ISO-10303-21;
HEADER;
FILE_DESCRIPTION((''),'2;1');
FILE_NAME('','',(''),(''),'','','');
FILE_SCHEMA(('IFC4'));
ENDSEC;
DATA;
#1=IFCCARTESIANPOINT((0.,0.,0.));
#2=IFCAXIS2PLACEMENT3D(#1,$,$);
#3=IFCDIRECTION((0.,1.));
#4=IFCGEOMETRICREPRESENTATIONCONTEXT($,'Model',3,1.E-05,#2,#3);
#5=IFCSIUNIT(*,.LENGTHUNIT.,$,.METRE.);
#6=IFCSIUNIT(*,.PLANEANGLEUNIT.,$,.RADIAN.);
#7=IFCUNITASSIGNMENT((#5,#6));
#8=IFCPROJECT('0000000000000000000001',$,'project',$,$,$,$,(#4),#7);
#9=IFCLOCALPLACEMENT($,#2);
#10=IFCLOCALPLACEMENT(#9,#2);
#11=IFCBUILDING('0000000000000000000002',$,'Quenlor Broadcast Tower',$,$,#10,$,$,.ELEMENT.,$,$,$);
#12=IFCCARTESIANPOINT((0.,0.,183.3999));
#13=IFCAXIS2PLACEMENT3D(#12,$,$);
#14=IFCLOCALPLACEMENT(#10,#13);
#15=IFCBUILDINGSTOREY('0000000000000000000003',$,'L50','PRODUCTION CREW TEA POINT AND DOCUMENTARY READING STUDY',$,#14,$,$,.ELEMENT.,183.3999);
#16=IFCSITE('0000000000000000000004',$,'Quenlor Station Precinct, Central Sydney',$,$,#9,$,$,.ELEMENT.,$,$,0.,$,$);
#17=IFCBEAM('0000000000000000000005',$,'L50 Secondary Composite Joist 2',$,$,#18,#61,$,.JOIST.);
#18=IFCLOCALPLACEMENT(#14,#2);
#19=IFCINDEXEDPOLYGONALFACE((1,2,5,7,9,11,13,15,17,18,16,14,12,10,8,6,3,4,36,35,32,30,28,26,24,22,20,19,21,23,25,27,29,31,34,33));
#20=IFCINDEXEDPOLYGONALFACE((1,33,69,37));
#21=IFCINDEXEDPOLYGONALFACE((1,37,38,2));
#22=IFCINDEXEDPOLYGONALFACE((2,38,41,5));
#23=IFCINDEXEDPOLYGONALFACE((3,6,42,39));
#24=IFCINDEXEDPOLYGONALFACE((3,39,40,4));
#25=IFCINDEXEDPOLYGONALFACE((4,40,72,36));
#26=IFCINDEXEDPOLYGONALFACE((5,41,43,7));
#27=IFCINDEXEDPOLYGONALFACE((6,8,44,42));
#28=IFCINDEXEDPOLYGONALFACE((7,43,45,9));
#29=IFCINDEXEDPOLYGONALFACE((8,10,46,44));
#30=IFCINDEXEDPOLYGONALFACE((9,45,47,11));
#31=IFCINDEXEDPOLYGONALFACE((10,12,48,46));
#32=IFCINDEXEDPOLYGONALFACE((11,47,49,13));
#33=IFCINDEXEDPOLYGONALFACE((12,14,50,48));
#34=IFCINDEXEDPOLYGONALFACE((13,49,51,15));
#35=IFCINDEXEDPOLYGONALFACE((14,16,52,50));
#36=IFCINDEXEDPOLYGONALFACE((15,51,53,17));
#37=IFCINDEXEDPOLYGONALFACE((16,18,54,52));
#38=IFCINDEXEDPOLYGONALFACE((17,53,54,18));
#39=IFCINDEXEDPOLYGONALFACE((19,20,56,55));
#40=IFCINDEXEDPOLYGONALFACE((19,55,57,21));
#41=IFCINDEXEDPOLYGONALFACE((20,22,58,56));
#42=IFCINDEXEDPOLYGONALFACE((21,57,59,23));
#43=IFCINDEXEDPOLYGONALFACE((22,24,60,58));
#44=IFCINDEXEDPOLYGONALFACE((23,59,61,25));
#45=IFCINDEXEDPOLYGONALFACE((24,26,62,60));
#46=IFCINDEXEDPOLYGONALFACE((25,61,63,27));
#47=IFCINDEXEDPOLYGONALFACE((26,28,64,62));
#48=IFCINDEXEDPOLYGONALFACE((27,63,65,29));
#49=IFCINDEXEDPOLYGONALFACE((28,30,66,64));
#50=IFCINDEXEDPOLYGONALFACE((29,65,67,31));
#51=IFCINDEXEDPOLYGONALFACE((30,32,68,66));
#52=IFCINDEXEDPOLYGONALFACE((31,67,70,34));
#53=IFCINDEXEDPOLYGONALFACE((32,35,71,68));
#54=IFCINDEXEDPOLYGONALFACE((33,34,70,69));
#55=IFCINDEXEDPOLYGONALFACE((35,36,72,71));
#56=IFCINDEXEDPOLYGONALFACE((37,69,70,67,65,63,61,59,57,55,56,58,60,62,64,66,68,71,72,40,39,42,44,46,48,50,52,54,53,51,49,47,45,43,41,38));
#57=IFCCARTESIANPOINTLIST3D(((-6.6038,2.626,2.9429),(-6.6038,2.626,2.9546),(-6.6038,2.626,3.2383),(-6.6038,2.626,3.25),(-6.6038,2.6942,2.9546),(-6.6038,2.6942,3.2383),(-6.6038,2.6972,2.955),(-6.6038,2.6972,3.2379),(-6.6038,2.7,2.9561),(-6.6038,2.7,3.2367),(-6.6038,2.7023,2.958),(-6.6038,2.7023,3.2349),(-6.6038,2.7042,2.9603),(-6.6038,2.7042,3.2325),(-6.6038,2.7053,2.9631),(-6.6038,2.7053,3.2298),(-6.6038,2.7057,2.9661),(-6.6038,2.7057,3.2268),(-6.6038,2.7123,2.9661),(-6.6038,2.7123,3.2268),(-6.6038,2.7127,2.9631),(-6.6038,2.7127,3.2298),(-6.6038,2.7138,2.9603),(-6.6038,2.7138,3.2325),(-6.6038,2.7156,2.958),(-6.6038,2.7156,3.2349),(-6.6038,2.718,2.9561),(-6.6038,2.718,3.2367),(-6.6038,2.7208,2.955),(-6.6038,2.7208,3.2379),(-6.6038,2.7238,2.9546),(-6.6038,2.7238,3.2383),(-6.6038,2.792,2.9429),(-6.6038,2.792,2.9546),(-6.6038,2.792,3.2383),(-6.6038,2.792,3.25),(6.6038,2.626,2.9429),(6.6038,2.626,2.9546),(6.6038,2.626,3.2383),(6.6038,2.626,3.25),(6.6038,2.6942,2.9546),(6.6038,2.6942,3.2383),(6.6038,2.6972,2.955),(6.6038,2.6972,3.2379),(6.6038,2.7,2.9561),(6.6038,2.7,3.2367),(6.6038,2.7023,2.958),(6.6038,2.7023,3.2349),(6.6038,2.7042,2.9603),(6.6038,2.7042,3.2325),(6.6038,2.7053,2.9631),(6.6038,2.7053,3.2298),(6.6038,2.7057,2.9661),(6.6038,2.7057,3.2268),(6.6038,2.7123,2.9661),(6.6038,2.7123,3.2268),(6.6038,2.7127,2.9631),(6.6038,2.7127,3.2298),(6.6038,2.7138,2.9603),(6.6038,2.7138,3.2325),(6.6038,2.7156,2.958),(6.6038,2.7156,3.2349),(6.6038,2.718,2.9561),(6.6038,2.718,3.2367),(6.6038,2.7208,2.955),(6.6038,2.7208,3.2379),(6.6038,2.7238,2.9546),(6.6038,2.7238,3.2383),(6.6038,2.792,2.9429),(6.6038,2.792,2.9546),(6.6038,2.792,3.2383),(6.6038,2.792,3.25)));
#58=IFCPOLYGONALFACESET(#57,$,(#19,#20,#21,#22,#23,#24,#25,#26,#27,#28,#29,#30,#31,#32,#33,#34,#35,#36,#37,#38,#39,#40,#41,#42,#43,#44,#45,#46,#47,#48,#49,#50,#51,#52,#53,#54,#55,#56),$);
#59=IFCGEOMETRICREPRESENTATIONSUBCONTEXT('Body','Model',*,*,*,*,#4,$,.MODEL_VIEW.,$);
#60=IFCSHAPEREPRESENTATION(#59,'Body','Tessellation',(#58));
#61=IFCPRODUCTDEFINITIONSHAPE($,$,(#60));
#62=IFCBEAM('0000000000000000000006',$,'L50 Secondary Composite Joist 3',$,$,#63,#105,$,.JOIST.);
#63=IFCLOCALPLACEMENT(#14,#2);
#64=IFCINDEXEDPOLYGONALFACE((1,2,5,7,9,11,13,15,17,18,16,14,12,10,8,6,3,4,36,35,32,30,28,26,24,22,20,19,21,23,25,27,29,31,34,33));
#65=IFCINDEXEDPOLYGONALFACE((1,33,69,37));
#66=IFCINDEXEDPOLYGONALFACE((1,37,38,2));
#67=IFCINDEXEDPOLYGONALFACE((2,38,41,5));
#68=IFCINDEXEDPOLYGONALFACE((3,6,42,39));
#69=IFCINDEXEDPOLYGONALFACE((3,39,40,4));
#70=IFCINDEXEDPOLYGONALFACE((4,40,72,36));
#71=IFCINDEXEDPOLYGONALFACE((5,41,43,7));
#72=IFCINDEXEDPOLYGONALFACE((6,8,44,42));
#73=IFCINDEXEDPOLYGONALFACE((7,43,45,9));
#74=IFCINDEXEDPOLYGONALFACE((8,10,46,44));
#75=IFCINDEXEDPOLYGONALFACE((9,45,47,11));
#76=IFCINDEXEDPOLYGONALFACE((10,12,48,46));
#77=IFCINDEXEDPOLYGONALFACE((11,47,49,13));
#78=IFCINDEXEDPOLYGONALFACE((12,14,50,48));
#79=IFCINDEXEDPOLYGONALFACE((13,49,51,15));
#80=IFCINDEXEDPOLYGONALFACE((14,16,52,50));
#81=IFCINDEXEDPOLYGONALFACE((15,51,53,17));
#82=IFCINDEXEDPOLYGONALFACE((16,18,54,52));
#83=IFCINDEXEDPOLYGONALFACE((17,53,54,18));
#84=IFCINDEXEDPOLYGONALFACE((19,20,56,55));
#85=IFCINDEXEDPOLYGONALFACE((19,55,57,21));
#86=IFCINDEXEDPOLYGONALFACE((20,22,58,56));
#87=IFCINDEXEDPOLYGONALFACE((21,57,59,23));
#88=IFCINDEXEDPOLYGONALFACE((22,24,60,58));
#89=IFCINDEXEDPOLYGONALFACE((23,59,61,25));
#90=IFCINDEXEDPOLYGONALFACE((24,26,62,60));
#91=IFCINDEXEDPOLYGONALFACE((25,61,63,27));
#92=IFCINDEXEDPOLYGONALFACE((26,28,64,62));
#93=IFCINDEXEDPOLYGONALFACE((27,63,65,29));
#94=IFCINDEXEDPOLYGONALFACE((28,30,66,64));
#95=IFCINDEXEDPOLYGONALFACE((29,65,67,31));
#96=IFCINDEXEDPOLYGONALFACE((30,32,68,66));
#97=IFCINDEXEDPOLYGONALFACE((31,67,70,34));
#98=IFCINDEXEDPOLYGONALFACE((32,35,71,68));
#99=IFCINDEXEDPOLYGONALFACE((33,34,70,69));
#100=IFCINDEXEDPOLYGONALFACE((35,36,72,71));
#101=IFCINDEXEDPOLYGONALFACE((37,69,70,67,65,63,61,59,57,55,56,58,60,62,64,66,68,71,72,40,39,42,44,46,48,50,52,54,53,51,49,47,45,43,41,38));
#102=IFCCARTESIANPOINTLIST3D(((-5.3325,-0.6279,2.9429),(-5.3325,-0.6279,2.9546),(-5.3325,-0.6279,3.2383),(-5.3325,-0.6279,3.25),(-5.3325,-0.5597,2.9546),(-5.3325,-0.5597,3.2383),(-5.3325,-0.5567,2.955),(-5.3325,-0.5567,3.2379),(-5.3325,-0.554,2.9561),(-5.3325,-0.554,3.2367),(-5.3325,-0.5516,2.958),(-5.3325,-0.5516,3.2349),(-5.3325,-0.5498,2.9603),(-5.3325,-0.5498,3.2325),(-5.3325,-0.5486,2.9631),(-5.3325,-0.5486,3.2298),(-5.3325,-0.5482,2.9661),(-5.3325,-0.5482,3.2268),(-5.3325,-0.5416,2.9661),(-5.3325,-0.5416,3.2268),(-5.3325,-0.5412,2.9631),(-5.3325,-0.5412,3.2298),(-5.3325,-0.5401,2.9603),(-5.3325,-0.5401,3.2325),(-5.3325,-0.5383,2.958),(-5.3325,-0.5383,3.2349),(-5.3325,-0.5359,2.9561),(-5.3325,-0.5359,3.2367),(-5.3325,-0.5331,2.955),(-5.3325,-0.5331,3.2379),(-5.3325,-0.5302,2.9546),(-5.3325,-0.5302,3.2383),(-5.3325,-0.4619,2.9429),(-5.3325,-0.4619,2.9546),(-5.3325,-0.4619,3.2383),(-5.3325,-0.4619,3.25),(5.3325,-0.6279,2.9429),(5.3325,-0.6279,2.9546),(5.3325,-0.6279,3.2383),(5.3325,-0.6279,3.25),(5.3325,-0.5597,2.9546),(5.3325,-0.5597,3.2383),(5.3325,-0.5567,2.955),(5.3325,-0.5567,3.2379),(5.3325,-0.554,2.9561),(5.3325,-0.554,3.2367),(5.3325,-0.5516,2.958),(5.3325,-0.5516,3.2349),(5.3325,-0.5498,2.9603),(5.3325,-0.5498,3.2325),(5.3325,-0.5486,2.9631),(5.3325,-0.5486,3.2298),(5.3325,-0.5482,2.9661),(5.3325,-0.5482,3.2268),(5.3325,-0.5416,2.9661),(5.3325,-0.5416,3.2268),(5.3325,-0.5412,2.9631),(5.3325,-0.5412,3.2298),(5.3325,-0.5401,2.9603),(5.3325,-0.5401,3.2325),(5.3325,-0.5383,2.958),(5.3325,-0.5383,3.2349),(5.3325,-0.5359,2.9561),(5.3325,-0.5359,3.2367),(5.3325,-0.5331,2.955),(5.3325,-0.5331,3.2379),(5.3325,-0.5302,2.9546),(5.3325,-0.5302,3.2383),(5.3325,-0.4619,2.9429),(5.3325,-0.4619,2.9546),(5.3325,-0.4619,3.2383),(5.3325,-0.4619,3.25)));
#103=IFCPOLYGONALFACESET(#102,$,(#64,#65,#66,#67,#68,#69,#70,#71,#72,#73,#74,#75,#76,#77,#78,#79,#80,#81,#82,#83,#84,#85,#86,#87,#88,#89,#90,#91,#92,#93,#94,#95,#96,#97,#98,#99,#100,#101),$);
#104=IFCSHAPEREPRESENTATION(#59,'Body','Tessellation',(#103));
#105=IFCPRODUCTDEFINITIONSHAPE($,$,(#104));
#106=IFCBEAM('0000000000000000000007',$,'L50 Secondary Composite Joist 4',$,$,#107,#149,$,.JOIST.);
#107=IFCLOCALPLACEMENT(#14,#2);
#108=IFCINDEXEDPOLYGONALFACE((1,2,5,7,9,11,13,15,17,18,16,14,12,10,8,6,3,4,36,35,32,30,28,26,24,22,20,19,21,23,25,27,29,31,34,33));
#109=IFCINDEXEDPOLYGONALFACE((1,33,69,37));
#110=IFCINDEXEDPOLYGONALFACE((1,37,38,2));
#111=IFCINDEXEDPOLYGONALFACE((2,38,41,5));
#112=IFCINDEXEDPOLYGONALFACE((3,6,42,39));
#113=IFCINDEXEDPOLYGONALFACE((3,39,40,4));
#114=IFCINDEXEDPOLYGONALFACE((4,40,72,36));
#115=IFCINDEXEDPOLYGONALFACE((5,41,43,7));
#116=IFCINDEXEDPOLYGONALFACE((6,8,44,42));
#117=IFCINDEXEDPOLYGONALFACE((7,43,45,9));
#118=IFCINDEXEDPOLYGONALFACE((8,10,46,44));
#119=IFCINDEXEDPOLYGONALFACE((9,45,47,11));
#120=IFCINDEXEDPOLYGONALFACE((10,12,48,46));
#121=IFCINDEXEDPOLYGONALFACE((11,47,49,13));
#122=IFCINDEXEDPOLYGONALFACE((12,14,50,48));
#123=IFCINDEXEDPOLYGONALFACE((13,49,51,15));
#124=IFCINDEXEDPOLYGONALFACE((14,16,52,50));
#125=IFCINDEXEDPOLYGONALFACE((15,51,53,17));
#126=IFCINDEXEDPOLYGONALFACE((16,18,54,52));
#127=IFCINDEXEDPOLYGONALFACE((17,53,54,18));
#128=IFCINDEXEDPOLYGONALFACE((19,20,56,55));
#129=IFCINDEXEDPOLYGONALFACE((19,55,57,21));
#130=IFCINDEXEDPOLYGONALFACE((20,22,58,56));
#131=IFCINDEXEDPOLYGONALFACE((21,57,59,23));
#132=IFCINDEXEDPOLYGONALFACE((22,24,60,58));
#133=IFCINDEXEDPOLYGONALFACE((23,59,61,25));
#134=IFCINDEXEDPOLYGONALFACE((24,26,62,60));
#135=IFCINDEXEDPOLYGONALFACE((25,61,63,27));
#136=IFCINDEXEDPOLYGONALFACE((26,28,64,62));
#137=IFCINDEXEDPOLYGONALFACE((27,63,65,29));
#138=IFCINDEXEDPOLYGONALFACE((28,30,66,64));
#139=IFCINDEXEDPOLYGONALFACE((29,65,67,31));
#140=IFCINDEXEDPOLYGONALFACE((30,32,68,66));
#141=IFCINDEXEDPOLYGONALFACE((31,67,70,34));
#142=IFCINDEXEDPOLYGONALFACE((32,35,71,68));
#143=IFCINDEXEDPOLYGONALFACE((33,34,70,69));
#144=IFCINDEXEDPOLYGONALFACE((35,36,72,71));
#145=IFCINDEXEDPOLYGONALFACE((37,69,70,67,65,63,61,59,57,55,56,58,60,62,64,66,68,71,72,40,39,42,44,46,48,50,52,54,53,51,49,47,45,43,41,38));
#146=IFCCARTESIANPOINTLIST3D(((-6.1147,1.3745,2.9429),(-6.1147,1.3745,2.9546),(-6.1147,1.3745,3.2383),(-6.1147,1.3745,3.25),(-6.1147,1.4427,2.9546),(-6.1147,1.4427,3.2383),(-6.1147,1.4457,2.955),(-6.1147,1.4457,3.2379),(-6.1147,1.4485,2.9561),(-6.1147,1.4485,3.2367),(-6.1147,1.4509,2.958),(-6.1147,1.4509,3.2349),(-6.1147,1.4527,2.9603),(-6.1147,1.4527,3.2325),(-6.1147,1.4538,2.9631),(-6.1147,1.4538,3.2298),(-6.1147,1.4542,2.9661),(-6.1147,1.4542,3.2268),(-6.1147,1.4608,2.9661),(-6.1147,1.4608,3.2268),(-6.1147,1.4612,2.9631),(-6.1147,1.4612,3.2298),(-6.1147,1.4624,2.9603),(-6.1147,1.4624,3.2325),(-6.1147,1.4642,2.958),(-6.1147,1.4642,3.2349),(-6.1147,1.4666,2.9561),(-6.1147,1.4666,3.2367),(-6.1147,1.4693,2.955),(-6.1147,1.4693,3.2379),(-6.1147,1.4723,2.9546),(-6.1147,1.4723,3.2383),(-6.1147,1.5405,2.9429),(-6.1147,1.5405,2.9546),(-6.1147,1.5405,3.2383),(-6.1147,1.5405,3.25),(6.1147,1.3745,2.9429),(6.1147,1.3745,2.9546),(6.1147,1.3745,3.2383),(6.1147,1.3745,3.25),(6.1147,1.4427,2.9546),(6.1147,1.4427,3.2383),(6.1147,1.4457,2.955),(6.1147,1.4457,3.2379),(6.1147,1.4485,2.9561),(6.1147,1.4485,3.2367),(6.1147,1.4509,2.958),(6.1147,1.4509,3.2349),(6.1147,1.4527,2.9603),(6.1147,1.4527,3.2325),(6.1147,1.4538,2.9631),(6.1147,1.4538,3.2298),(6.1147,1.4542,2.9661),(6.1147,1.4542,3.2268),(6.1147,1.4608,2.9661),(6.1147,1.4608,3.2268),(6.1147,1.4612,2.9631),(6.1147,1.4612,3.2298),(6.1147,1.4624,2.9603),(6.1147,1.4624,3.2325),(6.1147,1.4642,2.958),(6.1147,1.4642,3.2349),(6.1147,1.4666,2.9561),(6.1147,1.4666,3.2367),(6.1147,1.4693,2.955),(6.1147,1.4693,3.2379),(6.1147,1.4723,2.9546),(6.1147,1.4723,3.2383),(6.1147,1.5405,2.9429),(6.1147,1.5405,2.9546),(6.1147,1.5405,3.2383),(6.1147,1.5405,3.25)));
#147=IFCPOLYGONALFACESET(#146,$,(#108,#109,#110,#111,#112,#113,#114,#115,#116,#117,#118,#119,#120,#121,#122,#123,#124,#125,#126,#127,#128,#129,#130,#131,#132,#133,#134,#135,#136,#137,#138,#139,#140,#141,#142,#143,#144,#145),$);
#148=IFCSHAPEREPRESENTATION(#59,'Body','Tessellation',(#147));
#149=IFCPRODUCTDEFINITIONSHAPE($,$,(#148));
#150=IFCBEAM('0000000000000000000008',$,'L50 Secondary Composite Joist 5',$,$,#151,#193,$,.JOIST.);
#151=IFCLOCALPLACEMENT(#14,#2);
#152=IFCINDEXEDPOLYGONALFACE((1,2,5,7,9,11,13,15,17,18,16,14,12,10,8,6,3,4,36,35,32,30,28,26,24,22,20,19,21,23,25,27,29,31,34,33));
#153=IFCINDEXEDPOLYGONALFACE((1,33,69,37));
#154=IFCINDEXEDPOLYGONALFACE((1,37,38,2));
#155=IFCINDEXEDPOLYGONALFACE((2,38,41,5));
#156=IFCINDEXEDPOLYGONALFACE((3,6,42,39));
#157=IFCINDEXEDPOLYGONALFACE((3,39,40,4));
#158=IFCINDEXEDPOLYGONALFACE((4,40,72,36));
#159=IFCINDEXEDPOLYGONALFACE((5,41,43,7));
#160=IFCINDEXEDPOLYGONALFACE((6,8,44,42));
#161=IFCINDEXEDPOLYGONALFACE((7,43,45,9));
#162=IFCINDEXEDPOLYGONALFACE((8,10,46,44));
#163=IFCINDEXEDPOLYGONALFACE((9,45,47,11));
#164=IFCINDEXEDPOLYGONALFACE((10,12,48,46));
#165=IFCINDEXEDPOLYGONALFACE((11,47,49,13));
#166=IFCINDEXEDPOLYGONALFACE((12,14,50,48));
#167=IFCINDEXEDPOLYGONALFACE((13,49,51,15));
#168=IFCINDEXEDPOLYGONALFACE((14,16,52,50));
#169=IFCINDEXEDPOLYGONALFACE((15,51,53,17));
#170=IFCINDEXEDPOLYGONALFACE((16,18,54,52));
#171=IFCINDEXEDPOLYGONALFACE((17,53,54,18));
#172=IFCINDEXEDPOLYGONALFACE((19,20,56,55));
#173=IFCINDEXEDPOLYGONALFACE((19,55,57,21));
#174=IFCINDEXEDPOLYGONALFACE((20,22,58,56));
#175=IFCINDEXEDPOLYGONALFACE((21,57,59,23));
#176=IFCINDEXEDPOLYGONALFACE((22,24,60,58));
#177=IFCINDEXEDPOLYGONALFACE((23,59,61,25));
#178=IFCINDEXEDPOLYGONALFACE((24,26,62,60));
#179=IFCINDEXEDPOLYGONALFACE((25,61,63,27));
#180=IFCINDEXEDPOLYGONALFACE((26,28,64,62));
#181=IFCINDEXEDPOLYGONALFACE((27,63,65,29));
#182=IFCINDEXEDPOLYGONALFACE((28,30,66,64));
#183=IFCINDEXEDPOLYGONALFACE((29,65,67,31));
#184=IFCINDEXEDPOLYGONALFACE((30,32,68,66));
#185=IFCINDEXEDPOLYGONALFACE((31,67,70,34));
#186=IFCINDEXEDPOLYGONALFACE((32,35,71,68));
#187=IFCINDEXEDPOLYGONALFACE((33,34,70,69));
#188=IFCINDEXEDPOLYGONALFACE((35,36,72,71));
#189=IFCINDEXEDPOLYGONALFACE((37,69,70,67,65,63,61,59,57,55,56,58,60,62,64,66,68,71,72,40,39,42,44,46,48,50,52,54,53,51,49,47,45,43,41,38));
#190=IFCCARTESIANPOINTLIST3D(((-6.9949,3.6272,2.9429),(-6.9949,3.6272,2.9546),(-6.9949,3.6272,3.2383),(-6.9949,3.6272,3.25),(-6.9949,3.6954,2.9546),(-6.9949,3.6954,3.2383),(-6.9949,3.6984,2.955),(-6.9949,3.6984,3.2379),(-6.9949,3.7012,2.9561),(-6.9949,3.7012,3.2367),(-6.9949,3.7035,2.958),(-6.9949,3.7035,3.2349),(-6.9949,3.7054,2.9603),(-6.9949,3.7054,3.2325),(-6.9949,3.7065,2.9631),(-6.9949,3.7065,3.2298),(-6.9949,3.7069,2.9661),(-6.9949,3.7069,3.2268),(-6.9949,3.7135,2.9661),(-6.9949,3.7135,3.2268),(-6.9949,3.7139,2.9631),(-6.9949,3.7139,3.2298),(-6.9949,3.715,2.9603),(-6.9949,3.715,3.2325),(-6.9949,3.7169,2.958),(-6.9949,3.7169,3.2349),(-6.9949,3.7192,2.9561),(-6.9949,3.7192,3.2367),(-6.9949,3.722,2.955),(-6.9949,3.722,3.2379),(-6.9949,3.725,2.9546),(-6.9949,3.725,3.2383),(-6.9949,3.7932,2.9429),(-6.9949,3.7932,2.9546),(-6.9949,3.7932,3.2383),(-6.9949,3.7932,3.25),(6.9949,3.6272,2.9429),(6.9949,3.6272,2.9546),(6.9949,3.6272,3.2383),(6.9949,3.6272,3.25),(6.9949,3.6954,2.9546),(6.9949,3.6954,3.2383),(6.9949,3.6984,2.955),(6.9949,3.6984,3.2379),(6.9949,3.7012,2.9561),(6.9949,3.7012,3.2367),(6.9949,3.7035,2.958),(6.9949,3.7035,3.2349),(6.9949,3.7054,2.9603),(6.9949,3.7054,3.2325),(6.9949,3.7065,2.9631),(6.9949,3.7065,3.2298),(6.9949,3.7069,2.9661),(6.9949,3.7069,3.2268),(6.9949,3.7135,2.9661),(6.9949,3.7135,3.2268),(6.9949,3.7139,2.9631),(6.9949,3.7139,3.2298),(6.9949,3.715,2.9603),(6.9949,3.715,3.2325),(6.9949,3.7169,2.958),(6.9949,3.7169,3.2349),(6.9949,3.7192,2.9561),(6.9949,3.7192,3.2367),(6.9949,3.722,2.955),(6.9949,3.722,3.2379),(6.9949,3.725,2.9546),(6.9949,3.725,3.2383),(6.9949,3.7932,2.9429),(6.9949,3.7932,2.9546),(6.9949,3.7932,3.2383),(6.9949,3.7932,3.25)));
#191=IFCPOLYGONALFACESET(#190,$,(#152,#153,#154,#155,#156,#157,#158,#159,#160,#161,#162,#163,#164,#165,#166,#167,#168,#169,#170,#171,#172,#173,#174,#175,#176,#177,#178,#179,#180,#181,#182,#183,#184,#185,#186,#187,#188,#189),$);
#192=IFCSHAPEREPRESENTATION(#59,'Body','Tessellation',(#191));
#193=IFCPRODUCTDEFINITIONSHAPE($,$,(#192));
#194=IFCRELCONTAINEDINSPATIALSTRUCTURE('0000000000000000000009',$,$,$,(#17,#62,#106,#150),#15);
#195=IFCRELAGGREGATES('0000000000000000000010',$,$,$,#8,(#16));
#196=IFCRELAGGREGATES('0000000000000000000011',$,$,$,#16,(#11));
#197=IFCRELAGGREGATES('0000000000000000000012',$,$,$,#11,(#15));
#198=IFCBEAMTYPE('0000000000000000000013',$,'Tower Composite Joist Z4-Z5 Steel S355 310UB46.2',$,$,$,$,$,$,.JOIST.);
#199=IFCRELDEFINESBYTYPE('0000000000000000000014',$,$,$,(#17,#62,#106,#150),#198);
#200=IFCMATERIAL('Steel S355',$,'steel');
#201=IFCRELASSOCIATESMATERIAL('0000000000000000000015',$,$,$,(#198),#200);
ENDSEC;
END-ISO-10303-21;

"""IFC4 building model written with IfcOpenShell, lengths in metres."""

from ifc_helpers import new_model, si_unit, direction, frame, origin, origin_2d, place, context, subcontext, project, spatial, i_section, extrude, material, material_profile, profile_set, type_object, element, save


model = new_model("IFC4")

# Units and contexts
model_context = context("Model", 3, precision=1e-05, world=origin(), true_north=direction((0.0, 1.0)))
body_context = subcontext(model_context, "Body", "Model", "MODEL_VIEW")
ifc_project = project(units=[si_unit("LENGTHUNIT", "METRE"), si_unit("PLANEANGLEUNIT", "RADIAN")], contexts=[model_context])

# Site, building, storey
site_placement = place(None, origin())
site = spatial("IfcSite", under=ifc_project, at=site_placement, Name="Quenlor Station Precinct, Central Sydney", CompositionType="ELEMENT", RefElevation=0.0)
building_placement = place(site_placement, origin())
building = spatial("IfcBuilding", under=site, at=building_placement, Name="Quenlor Broadcast Tower", CompositionType="ELEMENT")
storey_placement = place(building_placement, frame((0.0, 0.0, 183.3999)))
storey = spatial("IfcBuildingStorey", under=building, at=storey_placement, Name="L50", Description="PRODUCTION CREW TEA POINT AND DOCUMENTARY READING STUDY", CompositionType="ELEMENT", Elevation=183.3999)

# Beams
ifc_material_1 = material(Name="Steel S355", Category="steel")
ifc_material_profile_1 = material_profile(ifc_material_1, i_section(OverallWidth=0.166, OverallDepth=0.3071, WebThickness=0.0066, FlangeThickness=0.0117, FilletRadius=0.0115, at=origin_2d()))
ifc_profile_set_1 = profile_set([ifc_material_profile_1], Name="Steel S355 310UB46.2")
beam_type = type_object("IfcBeamType", Name="Tower Composite Joist Z4-Z5 Steel S355 310UB46.2", PredefinedType="JOIST", material=ifc_profile_set_1)
beam_1_placement = place(storey_placement, frame((-6.6038, 2.709, 3.0964), z_axis=(1.0, 0.0, 0.0), x_axis=(0.0, 1.0, 0.0)))
element("IfcBeam", 1, at=beam_1_placement, inside=storey, type_object=beam_type, Name="L50 Secondary Composite Joist 2", PredefinedType="JOIST", context=body_context, shape_type="SweptSolid", body=[
    extrude(i_section(OverallWidth=0.166, OverallDepth=0.3071, WebThickness=0.0066, FlangeThickness=0.0117, FilletRadius=0.0115, at=origin_2d()), origin(), (0.0, 0.0, 1.0), 13.2075),
])
beam_2_placement = place(storey_placement, frame((-5.3325, -0.5449, 3.0964), z_axis=(1.0, 0.0, 0.0), x_axis=(0.0, 1.0, 0.0)))
element("IfcBeam", 2, at=beam_2_placement, inside=storey, type_object=beam_type, Name="L50 Secondary Composite Joist 3", PredefinedType="JOIST", context=body_context, shape_type="SweptSolid", body=[
    extrude(i_section(OverallWidth=0.166, OverallDepth=0.3071, WebThickness=0.0066, FlangeThickness=0.0117, FilletRadius=0.0115, at=origin_2d()), origin(), (0.0, 0.0, 1.0), 10.665),
])
beam_3_placement = place(storey_placement, frame((-6.1147, 1.4575, 3.0964), z_axis=(1.0, 0.0, 0.0), x_axis=(0.0, 1.0, 0.0)))
element("IfcBeam", 3, at=beam_3_placement, inside=storey, type_object=beam_type, Name="L50 Secondary Composite Joist 4", PredefinedType="JOIST", context=body_context, shape_type="SweptSolid", body=[
    extrude(i_section(OverallWidth=0.166, OverallDepth=0.3071, WebThickness=0.0066, FlangeThickness=0.0117, FilletRadius=0.0115, at=origin_2d()), origin(), (0.0, 0.0, 1.0), 12.2295),
])
beam_4_placement = place(storey_placement, frame((-6.9949, 3.7102, 3.0964), z_axis=(1.0, 0.0, 0.0), x_axis=(0.0, 1.0, 0.0)))
element("IfcBeam", 4, at=beam_4_placement, inside=storey, type_object=beam_type, Name="L50 Secondary Composite Joist 5", PredefinedType="JOIST", context=body_context, shape_type="SweptSolid", body=[
    extrude(i_section(OverallWidth=0.166, OverallDepth=0.3071, WebThickness=0.0066, FlangeThickness=0.0117, FilletRadius=0.0115, at=origin_2d()), origin(), (0.0, 0.0, 1.0), 13.9897),
])

save(model, "model.ifc")
